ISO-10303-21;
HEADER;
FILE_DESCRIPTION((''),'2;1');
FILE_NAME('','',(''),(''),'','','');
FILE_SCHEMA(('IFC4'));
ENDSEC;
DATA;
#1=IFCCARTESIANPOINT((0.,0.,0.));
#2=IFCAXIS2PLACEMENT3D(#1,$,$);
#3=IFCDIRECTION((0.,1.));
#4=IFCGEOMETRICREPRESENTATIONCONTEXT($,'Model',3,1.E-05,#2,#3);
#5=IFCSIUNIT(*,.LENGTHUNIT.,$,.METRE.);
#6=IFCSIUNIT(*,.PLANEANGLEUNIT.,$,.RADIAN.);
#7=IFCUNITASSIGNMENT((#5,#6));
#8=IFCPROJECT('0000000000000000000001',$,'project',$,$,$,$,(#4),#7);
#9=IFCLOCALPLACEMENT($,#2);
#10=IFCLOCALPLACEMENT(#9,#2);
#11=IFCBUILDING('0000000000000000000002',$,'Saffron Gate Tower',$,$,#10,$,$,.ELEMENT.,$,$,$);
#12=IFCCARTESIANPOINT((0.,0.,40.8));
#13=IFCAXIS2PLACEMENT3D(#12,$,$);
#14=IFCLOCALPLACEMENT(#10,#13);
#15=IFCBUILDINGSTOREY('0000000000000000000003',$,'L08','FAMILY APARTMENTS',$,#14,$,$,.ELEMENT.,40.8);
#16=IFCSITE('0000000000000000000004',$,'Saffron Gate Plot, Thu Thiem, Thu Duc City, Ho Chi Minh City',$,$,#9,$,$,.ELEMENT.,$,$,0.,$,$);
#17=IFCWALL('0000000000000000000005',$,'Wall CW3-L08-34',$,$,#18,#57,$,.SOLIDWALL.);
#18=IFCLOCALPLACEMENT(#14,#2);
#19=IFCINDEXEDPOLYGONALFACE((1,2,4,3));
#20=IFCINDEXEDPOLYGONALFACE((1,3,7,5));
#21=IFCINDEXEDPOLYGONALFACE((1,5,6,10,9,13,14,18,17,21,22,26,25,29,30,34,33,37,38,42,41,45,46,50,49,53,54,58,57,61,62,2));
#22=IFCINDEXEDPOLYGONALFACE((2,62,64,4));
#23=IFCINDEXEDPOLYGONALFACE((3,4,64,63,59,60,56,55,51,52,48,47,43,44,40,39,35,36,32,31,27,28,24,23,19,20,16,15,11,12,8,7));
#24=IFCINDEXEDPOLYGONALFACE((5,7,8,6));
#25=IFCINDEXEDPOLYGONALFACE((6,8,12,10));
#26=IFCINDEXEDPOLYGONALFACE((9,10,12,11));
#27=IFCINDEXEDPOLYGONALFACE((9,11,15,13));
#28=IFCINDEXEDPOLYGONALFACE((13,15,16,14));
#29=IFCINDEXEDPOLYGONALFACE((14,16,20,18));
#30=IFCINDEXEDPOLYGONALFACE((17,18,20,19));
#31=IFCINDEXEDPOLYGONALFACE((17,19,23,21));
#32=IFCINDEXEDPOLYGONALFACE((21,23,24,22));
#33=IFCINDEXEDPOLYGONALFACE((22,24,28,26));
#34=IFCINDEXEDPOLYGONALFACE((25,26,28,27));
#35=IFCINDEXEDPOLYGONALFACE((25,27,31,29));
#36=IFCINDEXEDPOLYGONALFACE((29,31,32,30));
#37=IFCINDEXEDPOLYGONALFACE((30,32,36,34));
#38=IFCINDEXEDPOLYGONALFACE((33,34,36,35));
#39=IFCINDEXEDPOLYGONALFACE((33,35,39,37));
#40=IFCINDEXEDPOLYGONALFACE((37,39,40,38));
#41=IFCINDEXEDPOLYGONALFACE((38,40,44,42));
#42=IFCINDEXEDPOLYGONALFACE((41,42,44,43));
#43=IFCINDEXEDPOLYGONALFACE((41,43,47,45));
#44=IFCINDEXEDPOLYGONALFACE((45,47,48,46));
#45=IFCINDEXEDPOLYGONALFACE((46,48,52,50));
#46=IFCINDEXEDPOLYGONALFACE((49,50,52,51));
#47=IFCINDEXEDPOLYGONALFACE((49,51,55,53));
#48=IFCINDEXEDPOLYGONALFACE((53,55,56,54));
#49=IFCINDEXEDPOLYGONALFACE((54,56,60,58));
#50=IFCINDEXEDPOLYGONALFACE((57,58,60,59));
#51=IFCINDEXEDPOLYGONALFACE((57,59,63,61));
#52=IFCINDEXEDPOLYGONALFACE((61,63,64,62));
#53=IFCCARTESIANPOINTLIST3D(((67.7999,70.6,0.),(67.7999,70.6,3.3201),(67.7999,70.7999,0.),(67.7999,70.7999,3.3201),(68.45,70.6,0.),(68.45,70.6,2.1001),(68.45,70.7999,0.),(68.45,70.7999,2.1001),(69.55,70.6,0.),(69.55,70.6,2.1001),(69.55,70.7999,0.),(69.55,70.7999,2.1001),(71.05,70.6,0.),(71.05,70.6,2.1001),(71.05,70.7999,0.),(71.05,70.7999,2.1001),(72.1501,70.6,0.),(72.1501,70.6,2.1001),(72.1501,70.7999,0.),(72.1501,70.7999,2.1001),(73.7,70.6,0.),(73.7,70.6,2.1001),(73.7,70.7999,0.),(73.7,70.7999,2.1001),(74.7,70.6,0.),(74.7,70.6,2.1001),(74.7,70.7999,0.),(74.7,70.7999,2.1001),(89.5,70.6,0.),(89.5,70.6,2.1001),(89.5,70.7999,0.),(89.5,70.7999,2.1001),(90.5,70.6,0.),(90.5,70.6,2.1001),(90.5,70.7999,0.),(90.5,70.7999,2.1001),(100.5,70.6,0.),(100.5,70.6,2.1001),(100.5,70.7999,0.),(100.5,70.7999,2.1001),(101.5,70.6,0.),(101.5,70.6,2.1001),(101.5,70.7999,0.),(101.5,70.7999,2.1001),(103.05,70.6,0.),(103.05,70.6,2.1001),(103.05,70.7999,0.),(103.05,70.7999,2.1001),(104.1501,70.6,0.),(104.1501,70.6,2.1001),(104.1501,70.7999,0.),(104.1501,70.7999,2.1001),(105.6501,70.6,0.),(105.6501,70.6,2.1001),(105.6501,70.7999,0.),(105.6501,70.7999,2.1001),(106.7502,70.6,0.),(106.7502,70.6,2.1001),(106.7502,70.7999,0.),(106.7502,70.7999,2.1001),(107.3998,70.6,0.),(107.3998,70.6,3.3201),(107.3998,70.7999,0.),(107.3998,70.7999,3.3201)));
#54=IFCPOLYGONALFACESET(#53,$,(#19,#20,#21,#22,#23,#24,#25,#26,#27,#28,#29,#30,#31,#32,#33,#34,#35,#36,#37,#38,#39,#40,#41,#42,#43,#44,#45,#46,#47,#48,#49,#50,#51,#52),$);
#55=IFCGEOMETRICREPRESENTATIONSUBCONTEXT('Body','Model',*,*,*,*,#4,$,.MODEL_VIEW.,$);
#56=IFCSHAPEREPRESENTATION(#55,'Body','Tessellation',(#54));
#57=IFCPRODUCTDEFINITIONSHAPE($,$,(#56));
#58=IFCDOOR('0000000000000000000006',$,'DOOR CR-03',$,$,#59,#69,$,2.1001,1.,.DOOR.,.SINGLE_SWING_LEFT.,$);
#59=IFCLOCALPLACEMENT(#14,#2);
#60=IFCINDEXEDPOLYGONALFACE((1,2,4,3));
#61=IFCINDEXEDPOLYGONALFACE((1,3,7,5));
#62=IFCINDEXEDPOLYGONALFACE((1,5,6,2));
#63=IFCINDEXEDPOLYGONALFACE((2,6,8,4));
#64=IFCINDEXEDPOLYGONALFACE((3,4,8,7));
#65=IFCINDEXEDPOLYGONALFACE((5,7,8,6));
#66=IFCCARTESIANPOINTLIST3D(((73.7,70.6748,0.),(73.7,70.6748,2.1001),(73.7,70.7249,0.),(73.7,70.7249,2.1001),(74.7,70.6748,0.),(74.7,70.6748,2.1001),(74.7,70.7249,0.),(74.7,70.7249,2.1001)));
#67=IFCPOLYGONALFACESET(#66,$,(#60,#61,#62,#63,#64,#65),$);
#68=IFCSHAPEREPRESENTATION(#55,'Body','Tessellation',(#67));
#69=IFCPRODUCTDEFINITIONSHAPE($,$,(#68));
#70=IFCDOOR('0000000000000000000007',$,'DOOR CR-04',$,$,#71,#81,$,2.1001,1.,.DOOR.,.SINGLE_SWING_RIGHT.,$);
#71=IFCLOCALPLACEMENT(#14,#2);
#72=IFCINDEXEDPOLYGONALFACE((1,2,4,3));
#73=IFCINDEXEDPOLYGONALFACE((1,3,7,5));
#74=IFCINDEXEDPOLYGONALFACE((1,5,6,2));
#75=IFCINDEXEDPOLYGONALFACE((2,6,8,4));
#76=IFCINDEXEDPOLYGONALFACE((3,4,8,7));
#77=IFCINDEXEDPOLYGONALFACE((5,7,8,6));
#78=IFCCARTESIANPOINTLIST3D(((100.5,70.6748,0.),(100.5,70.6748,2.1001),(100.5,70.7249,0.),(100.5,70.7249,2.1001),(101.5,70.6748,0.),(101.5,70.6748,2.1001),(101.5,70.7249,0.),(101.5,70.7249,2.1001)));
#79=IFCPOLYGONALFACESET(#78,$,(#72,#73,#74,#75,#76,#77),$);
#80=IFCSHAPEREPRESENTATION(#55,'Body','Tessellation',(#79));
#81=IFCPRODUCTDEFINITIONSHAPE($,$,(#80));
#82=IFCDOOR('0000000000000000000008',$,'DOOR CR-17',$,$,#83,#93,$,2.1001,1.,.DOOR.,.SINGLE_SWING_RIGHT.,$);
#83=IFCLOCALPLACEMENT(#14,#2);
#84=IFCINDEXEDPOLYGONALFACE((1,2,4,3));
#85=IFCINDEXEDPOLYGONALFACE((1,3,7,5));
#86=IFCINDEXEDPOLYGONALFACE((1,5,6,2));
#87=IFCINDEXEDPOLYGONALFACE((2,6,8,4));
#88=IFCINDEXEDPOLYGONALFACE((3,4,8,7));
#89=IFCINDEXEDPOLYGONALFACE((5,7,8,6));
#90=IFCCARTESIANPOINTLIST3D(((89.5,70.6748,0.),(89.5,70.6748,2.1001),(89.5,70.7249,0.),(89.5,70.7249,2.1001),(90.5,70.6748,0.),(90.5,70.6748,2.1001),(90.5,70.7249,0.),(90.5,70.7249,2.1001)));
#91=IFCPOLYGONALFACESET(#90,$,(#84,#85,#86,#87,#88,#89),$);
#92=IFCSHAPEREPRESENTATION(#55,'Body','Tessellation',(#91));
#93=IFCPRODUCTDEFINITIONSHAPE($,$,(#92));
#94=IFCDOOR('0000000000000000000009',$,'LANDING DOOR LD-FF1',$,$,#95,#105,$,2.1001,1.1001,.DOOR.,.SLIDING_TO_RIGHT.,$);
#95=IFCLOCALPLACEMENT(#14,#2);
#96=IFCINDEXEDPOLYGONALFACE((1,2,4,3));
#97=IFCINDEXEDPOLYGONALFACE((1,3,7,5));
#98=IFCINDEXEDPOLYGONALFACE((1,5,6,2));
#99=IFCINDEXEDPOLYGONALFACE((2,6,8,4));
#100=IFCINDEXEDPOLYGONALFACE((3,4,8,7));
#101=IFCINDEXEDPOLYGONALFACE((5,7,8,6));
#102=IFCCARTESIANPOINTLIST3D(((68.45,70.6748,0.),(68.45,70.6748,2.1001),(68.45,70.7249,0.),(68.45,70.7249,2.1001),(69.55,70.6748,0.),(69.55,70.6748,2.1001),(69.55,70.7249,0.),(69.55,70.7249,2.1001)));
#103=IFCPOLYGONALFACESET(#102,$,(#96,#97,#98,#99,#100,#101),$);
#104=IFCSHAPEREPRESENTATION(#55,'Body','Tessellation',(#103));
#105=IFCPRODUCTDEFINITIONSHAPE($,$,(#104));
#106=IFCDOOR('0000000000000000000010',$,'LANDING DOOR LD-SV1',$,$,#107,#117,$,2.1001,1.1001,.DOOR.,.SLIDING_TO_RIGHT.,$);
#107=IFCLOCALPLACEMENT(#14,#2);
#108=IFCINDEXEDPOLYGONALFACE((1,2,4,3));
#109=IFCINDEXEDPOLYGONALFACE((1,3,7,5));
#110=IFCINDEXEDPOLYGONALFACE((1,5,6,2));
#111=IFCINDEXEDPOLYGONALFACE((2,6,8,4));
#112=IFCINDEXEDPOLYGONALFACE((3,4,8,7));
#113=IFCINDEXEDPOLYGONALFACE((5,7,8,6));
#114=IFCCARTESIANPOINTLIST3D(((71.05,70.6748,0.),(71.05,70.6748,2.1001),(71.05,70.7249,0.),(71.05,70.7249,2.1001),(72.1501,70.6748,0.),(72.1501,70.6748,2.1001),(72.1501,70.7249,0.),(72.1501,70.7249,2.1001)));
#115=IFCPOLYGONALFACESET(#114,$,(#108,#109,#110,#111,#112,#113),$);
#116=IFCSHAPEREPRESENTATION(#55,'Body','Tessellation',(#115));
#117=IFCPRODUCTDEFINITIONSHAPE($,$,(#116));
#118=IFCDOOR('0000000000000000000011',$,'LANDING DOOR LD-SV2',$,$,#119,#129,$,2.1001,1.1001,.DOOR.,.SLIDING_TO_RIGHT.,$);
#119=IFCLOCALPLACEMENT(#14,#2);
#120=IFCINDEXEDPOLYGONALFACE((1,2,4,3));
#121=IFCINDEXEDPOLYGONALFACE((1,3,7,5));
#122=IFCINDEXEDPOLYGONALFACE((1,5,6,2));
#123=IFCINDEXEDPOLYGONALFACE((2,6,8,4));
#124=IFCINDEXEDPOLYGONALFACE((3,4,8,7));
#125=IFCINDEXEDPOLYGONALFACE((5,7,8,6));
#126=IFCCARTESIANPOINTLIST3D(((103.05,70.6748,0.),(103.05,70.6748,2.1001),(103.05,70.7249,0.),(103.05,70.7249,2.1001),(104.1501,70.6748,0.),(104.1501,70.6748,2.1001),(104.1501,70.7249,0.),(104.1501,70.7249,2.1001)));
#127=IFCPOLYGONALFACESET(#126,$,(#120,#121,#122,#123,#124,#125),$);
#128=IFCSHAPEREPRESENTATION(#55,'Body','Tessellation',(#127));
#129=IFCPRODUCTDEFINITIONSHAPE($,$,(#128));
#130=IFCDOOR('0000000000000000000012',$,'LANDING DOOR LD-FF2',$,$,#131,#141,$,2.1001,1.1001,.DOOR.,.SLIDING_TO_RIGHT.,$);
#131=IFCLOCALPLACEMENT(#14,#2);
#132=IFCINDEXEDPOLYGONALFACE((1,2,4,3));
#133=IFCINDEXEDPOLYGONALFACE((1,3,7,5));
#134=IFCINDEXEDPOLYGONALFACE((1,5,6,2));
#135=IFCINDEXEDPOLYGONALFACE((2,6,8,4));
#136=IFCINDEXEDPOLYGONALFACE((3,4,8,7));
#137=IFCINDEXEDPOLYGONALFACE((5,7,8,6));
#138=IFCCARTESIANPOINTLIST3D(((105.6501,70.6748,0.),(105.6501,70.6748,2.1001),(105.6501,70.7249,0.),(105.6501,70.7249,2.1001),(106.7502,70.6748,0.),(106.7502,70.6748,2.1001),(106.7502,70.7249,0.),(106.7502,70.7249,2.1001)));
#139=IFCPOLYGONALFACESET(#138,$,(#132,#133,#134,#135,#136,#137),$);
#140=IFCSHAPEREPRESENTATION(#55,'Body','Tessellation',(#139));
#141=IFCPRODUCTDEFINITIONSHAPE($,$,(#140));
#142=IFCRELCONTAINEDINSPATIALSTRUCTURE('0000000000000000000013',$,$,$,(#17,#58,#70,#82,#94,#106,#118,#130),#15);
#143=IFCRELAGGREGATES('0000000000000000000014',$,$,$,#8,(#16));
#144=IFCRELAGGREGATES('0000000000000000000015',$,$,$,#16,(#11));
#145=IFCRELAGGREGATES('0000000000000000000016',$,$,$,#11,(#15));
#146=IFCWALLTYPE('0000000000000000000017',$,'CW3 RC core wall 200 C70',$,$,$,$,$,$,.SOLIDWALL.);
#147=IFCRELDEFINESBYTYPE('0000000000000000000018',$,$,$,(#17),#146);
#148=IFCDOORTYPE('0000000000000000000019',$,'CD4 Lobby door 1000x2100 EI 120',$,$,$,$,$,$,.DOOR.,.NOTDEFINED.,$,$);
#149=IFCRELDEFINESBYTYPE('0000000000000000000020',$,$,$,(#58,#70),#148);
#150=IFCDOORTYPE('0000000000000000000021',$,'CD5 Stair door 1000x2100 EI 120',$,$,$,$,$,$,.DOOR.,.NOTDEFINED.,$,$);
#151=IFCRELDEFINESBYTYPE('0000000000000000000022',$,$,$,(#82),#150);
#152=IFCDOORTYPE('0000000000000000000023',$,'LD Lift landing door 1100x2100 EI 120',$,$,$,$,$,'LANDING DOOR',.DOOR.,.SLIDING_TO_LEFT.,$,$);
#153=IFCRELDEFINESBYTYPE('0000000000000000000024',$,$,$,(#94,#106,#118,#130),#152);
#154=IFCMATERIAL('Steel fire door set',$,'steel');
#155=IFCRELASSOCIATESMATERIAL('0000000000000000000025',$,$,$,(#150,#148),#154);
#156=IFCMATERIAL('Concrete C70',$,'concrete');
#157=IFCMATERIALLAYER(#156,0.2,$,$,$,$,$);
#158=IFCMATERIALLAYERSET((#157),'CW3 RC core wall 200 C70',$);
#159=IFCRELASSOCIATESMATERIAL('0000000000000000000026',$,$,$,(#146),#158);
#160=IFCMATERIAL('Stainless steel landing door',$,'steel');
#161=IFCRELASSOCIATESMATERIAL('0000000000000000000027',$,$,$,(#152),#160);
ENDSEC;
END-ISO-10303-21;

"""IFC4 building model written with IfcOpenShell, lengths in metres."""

from ifc_helpers import new_model, si_unit, direction, frame, frame_2d, origin, place, context, subcontext, project, spatial, rectangle, extrude, material, layer, layer_set, type_object, element, fill, save


model = new_model("IFC4")

# Units and contexts
model_context = context("Model", 3, precision=1e-05, world=origin(), true_north=direction((0.0, 1.0)))
body_context = subcontext(model_context, "Body", "Model", "MODEL_VIEW")
ifc_project = project(units=[si_unit("LENGTHUNIT", "METRE"), si_unit("PLANEANGLEUNIT", "RADIAN")], contexts=[model_context])

# Site, building, storey
site_placement = place(None, origin())
site = spatial("IfcSite", under=ifc_project, at=site_placement, Name="Saffron Gate Plot, Thu Thiem, Thu Duc City, Ho Chi Minh City", CompositionType="ELEMENT", RefElevation=0.0)
building_placement = place(site_placement, origin())
building = spatial("IfcBuilding", under=site, at=building_placement, Name="Saffron Gate Tower", CompositionType="ELEMENT")
storey_placement = place(building_placement, frame((0.0, 0.0, 40.8)))
storey = spatial("IfcBuildingStorey", under=building, at=storey_placement, Name="L08", Description="FAMILY APARTMENTS", CompositionType="ELEMENT", Elevation=40.8)

# Shared definitions
ifc_material_1 = material(Name="Concrete C70", Category="concrete")

# Wall, openings, doors
ifc_material_2 = material(Name="Steel fire door set", Category="steel")
door_type_1 = type_object("IfcDoorType", Name="CD5 Stair door 1000x2100 EI 120", OperationType="NOTDEFINED", PredefinedType="DOOR", material=ifc_material_2)
ifc_layer_1 = layer(ifc_material_1, 0.2)
ifc_layer_set_1 = layer_set([ifc_layer_1], Name="CW3 RC core wall 200 C70")
wall_type_1 = type_object("IfcWallType", Name="CW3 RC core wall 200 C70", PredefinedType="SOLIDWALL", material=ifc_layer_set_1)
wall_1_placement = place(storey_placement, frame((67.8, 70.7, 0.0), z_axis=(0.0, 0.0, 1.0), x_axis=(1.0, 0.0, 0.0)))
wall_1 = element("IfcWall", 1, at=wall_1_placement, inside=storey, type_object=wall_type_1, Name="Wall CW3-L08-34", PredefinedType="SOLIDWALL", context=body_context, shape_type="SweptSolid", body=[
    extrude(rectangle(XDim=39.5999, YDim=0.2, at=frame_2d((19.7998, 0.0))), origin(), (0.0, 0.0, 1.0), 3.3201),
])
opening_1_placement = place(wall_1_placement, frame((0.6499, 0.0, 0.0)))
opening_1 = element("IfcOpeningElement", 2, at=opening_1_placement, cuts=wall_1, PredefinedType="OPENING", context=body_context, shape_type="SweptSolid", body=[
    extrude(rectangle(XDim=1.1001, YDim=2.1001, at=frame_2d((0.55, 1.05))), frame((0.0, 0.1099, 0.0), z_axis=(0.0, -1.0, 0.0), x_axis=(1.0, 0.0, 0.0)), (0.0, 0.0, 1.0), 0.22),
])
opening_2_placement = place(wall_1_placement, frame((3.25, 0.0, 0.0)))
opening_2 = element("IfcOpeningElement", 3, at=opening_2_placement, cuts=wall_1, PredefinedType="OPENING", context=body_context, shape_type="SweptSolid", body=[
    extrude(rectangle(XDim=1.1001, YDim=2.1001, at=frame_2d((0.55, 1.05))), frame((0.0, 0.1099, 0.0), z_axis=(0.0, -1.0, 0.0), x_axis=(1.0, 0.0, 0.0)), (0.0, 0.0, 1.0), 0.22),
])
opening_3_placement = place(wall_1_placement, frame((5.8999, 0.0, 0.0)))
opening_3 = element("IfcOpeningElement", 4, at=opening_3_placement, cuts=wall_1, PredefinedType="OPENING", context=body_context, shape_type="SweptSolid", body=[
    extrude(rectangle(XDim=1.0, YDim=2.1001, at=frame_2d((0.5, 1.05))), frame((0.0, 0.1099, 0.0), z_axis=(0.0, -1.0, 0.0), x_axis=(1.0, 0.0, 0.0)), (0.0, 0.0, 1.0), 0.22),
])
opening_4_placement = place(wall_1_placement, frame((21.7, 0.0, 0.0)))
opening_4 = element("IfcOpeningElement", 5, at=opening_4_placement, cuts=wall_1, PredefinedType="OPENING", context=body_context, shape_type="SweptSolid", body=[
    extrude(rectangle(XDim=1.0, YDim=2.1001, at=frame_2d((0.5, 1.05))), frame((0.0, 0.1099, 0.0), z_axis=(0.0, -1.0, 0.0), x_axis=(1.0, 0.0, 0.0)), (0.0, 0.0, 1.0), 0.22),
])
opening_5_placement = place(wall_1_placement, frame((32.7, 0.0, 0.0)))
opening_5 = element("IfcOpeningElement", 6, at=opening_5_placement, cuts=wall_1, PredefinedType="OPENING", context=body_context, shape_type="SweptSolid", body=[
    extrude(rectangle(XDim=1.0, YDim=2.1001, at=frame_2d((0.5, 1.05))), frame((0.0, 0.1099, 0.0), z_axis=(0.0, -1.0, 0.0), x_axis=(1.0, 0.0, 0.0)), (0.0, 0.0, 1.0), 0.22),
])
opening_6_placement = place(wall_1_placement, frame((35.25, 0.0, 0.0)))
opening_6 = element("IfcOpeningElement", 7, at=opening_6_placement, cuts=wall_1, PredefinedType="OPENING", context=body_context, shape_type="SweptSolid", body=[
    extrude(rectangle(XDim=1.1001, YDim=2.1001, at=frame_2d((0.55, 1.05))), frame((0.0, 0.1099, 0.0), z_axis=(0.0, -1.0, 0.0), x_axis=(1.0, 0.0, 0.0)), (0.0, 0.0, 1.0), 0.22),
])
opening_7_placement = place(wall_1_placement, frame((37.8501, 0.0, 0.0)))
opening_7 = element("IfcOpeningElement", 8, at=opening_7_placement, cuts=wall_1, PredefinedType="OPENING", context=body_context, shape_type="SweptSolid", body=[
    extrude(rectangle(XDim=1.1001, YDim=2.1001, at=frame_2d((0.55, 1.05))), frame((0.0, 0.1099, 0.0), z_axis=(0.0, -1.0, 0.0), x_axis=(1.0, 0.0, 0.0)), (0.0, 0.0, 1.0), 0.22),
])
door_type_2 = type_object("IfcDoorType", Name="CD4 Lobby door 1000x2100 EI 120", OperationType="NOTDEFINED", PredefinedType="DOOR", material=ifc_material_2)
door_1_placement = place(opening_3_placement, origin())
door_1 = element("IfcDoor", 9, at=door_1_placement, inside=storey, type_object=door_type_2, Name="DOOR CR-03", OperationType="SINGLE_SWING_LEFT", OverallHeight=2.1001, OverallWidth=1.0, PredefinedType="DOOR", context=body_context, shape_type="SweptSolid", body=[
    extrude(rectangle(XDim=1.0, YDim=2.1001, at=frame_2d((0.5, 1.05))), frame((0.0, 0.0249, 0.0), z_axis=(0.0, -1.0, 0.0), x_axis=(1.0, 0.0, 0.0)), (0.0, 0.0, 1.0), 0.05),
])
fill(opening_3, door_1)
door_2_placement = place(opening_5_placement, origin())
door_2 = element("IfcDoor", 10, at=door_2_placement, inside=storey, type_object=door_type_2, Name="DOOR CR-04", OperationType="SINGLE_SWING_RIGHT", OverallHeight=2.1001, OverallWidth=1.0, PredefinedType="DOOR", context=body_context, shape_type="SweptSolid", body=[
    extrude(rectangle(XDim=1.0, YDim=2.1001, at=frame_2d((0.5, 1.05))), frame((0.0, 0.0249, 0.0), z_axis=(0.0, -1.0, 0.0), x_axis=(1.0, 0.0, 0.0)), (0.0, 0.0, 1.0), 0.05),
])
fill(opening_5, door_2)
door_3_placement = place(opening_4_placement, origin())
door_3 = element("IfcDoor", 11, at=door_3_placement, inside=storey, type_object=door_type_1, Name="DOOR CR-17", OperationType="SINGLE_SWING_RIGHT", OverallHeight=2.1001, OverallWidth=1.0, PredefinedType="DOOR", context=body_context, shape_type="SweptSolid", body=[
    extrude(rectangle(XDim=1.0, YDim=2.1001, at=frame_2d((0.5, 1.05))), frame((0.0, 0.0249, 0.0), z_axis=(0.0, -1.0, 0.0), x_axis=(1.0, 0.0, 0.0)), (0.0, 0.0, 1.0), 0.05),
])
fill(opening_4, door_3)
ifc_material_3 = material(Name="Stainless steel landing door", Category="steel")
door_type_3 = type_object("IfcDoorType", Name="LD Lift landing door 1100x2100 EI 120", ElementType="LANDING DOOR", OperationType="SLIDING_TO_LEFT", PredefinedType="DOOR", material=ifc_material_3)
door_4_placement = place(opening_1_placement, origin())
door_4 = element("IfcDoor", 12, at=door_4_placement, inside=storey, type_object=door_type_3, Name="LANDING DOOR LD-FF1", OperationType="SLIDING_TO_RIGHT", OverallHeight=2.1001, OverallWidth=1.1001, PredefinedType="DOOR", context=body_context, shape_type="SweptSolid", body=[
    extrude(rectangle(XDim=1.1001, YDim=2.1001, at=frame_2d((0.55, 1.05))), frame((0.0, 0.0249, 0.0), z_axis=(0.0, -1.0, 0.0), x_axis=(1.0, 0.0, 0.0)), (0.0, 0.0, 1.0), 0.05),
])
fill(opening_1, door_4)
door_5_placement = place(opening_2_placement, origin())
door_5 = element("IfcDoor", 13, at=door_5_placement, inside=storey, type_object=door_type_3, Name="LANDING DOOR LD-SV1", OperationType="SLIDING_TO_RIGHT", OverallHeight=2.1001, OverallWidth=1.1001, PredefinedType="DOOR", context=body_context, shape_type="SweptSolid", body=[
    extrude(rectangle(XDim=1.1001, YDim=2.1001, at=frame_2d((0.55, 1.05))), frame((0.0, 0.0249, 0.0), z_axis=(0.0, -1.0, 0.0), x_axis=(1.0, 0.0, 0.0)), (0.0, 0.0, 1.0), 0.05),
])
fill(opening_2, door_5)
door_6_placement = place(opening_6_placement, origin())
door_6 = element("IfcDoor", 14, at=door_6_placement, inside=storey, type_object=door_type_3, Name="LANDING DOOR LD-SV2", OperationType="SLIDING_TO_RIGHT", OverallHeight=2.1001, OverallWidth=1.1001, PredefinedType="DOOR", context=body_context, shape_type="SweptSolid", body=[
    extrude(rectangle(XDim=1.1001, YDim=2.1001, at=frame_2d((0.55, 1.05))), frame((0.0, 0.0249, 0.0), z_axis=(0.0, -1.0, 0.0), x_axis=(1.0, 0.0, 0.0)), (0.0, 0.0, 1.0), 0.05),
])
fill(opening_6, door_6)
door_7_placement = place(opening_7_placement, origin())
door_7 = element("IfcDoor", 15, at=door_7_placement, inside=storey, type_object=door_type_3, Name="LANDING DOOR LD-FF2", OperationType="SLIDING_TO_RIGHT", OverallHeight=2.1001, OverallWidth=1.1001, PredefinedType="DOOR", context=body_context, shape_type="SweptSolid", body=[
    extrude(rectangle(XDim=1.1001, YDim=2.1001, at=frame_2d((0.55, 1.05))), frame((0.0, 0.0249, 0.0), z_axis=(0.0, -1.0, 0.0), x_axis=(1.0, 0.0, 0.0)), (0.0, 0.0, 1.0), 0.05),
])
fill(opening_7, door_7)

save(model, "model.ifc")
